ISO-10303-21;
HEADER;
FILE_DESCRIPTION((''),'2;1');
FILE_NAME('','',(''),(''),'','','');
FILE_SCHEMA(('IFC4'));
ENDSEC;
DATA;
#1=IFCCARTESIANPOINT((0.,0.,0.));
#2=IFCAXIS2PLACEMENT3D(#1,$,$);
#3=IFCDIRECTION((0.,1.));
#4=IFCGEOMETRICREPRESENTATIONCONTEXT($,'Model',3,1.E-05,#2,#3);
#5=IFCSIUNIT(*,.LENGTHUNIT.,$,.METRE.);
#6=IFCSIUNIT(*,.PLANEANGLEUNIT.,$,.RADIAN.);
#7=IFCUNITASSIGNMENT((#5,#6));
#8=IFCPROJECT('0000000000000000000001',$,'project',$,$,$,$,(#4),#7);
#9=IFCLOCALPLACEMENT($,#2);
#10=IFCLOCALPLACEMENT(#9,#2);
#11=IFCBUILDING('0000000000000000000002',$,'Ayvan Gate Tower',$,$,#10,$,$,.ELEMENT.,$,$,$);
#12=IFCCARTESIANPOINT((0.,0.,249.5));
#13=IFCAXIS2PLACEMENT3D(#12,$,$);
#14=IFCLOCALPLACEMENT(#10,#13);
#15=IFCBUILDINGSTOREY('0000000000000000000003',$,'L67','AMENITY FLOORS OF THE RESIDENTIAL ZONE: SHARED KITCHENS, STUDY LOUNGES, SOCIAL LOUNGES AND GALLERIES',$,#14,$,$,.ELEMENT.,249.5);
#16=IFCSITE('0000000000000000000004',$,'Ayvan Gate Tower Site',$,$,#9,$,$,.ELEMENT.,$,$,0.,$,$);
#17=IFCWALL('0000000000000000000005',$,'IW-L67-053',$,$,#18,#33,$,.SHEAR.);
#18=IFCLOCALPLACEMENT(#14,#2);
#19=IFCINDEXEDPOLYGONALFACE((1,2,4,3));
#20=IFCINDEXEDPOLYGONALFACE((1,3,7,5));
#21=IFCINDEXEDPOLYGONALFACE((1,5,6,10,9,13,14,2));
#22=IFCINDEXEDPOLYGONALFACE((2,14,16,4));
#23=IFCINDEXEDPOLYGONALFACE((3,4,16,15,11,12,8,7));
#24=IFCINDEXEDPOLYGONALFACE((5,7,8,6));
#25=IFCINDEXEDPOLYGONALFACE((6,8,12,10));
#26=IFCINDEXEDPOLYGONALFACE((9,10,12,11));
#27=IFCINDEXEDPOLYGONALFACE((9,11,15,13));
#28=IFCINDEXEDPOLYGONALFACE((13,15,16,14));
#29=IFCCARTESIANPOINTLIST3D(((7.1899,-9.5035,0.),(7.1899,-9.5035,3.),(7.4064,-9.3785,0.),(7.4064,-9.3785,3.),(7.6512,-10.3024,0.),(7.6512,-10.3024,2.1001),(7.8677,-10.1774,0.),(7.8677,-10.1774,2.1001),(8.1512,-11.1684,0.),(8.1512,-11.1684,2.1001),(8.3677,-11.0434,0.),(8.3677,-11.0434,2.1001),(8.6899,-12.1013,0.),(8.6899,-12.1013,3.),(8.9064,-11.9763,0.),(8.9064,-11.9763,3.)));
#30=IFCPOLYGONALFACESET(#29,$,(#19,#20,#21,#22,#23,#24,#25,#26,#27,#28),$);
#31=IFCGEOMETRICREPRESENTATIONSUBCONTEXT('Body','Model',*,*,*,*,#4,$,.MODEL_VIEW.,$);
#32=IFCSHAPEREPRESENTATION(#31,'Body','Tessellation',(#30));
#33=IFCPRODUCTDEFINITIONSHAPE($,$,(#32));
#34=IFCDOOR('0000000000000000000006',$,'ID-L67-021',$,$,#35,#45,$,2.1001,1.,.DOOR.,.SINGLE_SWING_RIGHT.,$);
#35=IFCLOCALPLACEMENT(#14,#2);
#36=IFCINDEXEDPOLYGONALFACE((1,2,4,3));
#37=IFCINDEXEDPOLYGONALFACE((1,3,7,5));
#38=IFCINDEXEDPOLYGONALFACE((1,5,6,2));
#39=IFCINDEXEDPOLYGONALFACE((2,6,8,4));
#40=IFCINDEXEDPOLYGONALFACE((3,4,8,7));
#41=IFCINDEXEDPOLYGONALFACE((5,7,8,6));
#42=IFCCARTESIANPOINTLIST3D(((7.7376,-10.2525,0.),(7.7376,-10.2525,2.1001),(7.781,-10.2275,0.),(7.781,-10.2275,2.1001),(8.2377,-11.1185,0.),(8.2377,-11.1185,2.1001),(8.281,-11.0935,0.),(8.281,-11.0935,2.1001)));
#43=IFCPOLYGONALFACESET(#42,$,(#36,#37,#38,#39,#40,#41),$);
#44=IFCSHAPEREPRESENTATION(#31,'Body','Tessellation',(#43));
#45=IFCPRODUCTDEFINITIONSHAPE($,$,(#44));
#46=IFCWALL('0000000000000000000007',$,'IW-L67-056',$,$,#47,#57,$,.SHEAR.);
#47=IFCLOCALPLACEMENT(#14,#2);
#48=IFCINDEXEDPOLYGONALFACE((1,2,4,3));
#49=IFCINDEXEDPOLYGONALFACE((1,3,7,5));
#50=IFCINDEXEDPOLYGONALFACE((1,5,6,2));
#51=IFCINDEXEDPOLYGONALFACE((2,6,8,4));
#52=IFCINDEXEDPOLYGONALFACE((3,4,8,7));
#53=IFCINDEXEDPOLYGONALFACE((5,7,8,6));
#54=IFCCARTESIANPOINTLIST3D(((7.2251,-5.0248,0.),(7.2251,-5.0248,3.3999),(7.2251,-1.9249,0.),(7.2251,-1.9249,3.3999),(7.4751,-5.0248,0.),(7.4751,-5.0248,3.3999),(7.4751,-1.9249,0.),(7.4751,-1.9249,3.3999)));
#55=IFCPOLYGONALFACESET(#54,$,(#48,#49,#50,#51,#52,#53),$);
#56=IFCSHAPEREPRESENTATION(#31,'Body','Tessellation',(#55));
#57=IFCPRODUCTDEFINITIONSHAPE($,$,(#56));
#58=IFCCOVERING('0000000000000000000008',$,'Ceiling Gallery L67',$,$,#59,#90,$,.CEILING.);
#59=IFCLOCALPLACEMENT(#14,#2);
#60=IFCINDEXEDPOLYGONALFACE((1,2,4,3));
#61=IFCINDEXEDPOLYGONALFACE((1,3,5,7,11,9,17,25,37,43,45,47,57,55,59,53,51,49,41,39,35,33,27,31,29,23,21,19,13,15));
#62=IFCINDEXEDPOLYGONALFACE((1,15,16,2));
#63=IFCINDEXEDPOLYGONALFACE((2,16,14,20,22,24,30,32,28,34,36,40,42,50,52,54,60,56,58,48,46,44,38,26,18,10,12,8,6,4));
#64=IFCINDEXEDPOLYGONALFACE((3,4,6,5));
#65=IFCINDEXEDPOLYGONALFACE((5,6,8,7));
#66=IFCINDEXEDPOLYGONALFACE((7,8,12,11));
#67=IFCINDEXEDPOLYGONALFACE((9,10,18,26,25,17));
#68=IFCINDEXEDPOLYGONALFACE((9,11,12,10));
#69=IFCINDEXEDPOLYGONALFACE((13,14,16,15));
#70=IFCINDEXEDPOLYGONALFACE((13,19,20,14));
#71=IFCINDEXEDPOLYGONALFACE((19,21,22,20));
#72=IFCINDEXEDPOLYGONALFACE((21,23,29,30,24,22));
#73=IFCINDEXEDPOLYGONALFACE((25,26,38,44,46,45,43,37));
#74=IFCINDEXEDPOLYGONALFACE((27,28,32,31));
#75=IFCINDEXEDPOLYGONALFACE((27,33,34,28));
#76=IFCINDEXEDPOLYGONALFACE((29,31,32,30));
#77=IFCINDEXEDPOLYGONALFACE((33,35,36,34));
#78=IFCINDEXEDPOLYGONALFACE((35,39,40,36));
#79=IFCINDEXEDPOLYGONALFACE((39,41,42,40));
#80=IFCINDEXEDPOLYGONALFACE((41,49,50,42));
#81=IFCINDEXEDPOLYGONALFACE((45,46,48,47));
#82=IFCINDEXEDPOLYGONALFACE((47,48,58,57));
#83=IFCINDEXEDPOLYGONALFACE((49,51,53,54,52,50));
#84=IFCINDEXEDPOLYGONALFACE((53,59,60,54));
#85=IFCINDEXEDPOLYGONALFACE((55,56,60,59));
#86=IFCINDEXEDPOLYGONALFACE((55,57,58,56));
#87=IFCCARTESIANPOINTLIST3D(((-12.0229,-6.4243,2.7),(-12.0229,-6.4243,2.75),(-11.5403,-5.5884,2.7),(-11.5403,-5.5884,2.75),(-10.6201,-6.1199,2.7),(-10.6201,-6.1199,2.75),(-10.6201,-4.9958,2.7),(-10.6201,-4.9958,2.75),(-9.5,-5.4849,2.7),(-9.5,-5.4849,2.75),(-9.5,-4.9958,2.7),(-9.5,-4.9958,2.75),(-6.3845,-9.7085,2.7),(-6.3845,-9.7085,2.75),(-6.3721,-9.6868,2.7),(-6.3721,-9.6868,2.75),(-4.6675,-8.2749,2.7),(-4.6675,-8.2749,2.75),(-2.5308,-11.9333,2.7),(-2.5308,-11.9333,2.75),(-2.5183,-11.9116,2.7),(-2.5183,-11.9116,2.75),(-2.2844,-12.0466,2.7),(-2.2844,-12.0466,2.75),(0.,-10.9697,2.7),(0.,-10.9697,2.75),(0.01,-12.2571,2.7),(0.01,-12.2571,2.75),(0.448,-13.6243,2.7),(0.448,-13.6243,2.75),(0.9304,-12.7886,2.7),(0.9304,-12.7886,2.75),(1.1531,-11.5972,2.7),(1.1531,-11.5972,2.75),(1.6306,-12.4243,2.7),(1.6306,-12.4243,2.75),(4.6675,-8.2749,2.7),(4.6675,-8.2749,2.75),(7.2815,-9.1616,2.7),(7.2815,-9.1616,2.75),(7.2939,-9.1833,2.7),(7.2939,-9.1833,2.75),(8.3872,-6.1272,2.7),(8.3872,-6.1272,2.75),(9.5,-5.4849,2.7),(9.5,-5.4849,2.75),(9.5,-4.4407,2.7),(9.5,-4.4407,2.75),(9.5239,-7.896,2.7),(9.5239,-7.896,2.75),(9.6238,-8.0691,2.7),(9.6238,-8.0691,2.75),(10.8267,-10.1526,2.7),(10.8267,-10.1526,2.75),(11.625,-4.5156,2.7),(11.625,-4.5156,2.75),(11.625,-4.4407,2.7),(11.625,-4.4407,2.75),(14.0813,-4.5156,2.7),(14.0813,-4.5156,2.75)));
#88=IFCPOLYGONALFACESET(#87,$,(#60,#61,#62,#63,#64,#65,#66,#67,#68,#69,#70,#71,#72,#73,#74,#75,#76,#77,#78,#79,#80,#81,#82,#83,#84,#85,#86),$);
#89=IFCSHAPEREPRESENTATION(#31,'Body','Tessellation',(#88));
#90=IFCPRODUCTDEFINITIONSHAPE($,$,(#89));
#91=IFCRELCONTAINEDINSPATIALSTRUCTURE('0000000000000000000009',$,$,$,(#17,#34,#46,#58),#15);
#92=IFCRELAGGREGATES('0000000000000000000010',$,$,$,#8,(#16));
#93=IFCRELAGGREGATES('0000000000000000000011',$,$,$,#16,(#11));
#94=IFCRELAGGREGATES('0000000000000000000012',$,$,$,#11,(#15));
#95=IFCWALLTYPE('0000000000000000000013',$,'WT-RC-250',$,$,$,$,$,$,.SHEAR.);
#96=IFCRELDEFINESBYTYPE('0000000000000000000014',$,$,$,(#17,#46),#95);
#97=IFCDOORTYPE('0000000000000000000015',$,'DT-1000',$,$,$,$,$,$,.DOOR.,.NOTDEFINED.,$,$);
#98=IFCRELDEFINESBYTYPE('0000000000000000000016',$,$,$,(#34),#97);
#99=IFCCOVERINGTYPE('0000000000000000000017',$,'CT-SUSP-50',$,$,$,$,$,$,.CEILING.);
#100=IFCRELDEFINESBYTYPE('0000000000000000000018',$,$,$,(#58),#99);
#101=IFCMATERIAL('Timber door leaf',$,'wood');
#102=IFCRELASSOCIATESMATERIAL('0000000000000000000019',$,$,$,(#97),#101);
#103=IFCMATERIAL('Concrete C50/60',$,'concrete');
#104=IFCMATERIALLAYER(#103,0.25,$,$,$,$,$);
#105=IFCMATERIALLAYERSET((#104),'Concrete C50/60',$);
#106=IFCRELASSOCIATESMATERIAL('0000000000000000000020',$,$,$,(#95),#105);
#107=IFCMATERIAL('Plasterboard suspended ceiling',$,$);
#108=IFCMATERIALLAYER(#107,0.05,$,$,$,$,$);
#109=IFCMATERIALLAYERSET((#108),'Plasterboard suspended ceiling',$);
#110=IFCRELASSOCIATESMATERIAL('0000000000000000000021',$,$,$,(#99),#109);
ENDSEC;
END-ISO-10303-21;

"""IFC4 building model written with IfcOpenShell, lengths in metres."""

from ifc_helpers import new_model, si_unit, direction, frame, frame_2d, origin, place, context, subcontext, project, spatial, polyline, rectangle, outline, extrude, material, layer, layer_set, type_object, element, fill, save


model = new_model("IFC4")

# Units and contexts
model_context = context("Model", 3, precision=1e-05, world=origin(), true_north=direction((0.0, 1.0)))
body_context = subcontext(model_context, "Body", "Model", "MODEL_VIEW")
ifc_project = project(units=[si_unit("LENGTHUNIT", "METRE"), si_unit("PLANEANGLEUNIT", "RADIAN")], contexts=[model_context])

# Site, building, storey
site_placement = place(None, origin())
site = spatial("IfcSite", under=ifc_project, at=site_placement, Name="Ayvan Gate Tower Site", CompositionType="ELEMENT", RefElevation=0.0)
building_placement = place(site_placement, origin())
building = spatial("IfcBuilding", under=site, at=building_placement, Name="Ayvan Gate Tower", CompositionType="ELEMENT")
storey_placement = place(building_placement, frame((0.0, 0.0, 249.5)))
storey = spatial("IfcBuildingStorey", under=building, at=storey_placement, Name="L67", Description="AMENITY FLOORS OF THE RESIDENTIAL ZONE: SHARED KITCHENS, STUDY LOUNGES, SOCIAL LOUNGES AND GALLERIES", CompositionType="ELEMENT", Elevation=249.5)

# Shared definitions
ifc_material_1 = material(Name="Concrete C50/60", Category="concrete")

# Shared definitions
ifc_material_2 = material(Name="Timber door leaf", Category="wood")

# Shared definitions
door_type_1 = type_object("IfcDoorType", Name="DT-1000", OperationType="NOTDEFINED", PredefinedType="DOOR", material=ifc_material_2)

# Shared definitions
ifc_layer_1 = layer(ifc_material_1, 0.25)
ifc_layer_set_1 = layer_set([ifc_layer_1], Name="Concrete C50/60")
wall_type_1 = type_object("IfcWallType", Name="WT-RC-250", PredefinedType="SHEAR", material=ifc_layer_set_1)

# Wall, opening, door
wall_1_placement = place(storey_placement, frame((7.2981, -9.4409, 0.0), z_axis=(0.0, 0.0, 1.0), x_axis=(0.500025, -0.866011, 0.0)))
wall_1 = element("IfcWall", 1, at=wall_1_placement, inside=storey, type_object=wall_type_1, Name="IW-L67-053", PredefinedType="SHEAR", context=body_context, shape_type="SweptSolid", body=[
    extrude(rectangle(XDim=2.9998, YDim=0.25, at=frame_2d((1.5, 0.0))), origin(), (0.0, 0.0, 1.0), 3.0),
])
opening_1_placement = place(wall_1_placement, frame((0.9226, 0.0, 0.0)))
opening_1 = element("IfcOpeningElement", 2, at=opening_1_placement, cuts=wall_1, PredefinedType="OPENING", context=body_context, shape_type="SweptSolid", body=[
    extrude(rectangle(XDim=1.0, YDim=2.1001, at=frame_2d((0.5, 1.05))), frame((0.0, 0.135, 0.0), z_axis=(0.0, -1.0, 0.0), x_axis=(1.0, 0.0, 0.0)), (0.0, 0.0, 1.0), 0.27),
])
door_1_placement = place(opening_1_placement, origin())
door_1 = element("IfcDoor", 3, at=door_1_placement, inside=storey, type_object=door_type_1, Name="ID-L67-021", OperationType="SINGLE_SWING_RIGHT", OverallHeight=2.1001, OverallWidth=1.0, PredefinedType="DOOR", context=body_context, shape_type="SweptSolid", body=[
    extrude(rectangle(XDim=1.0, YDim=2.1001, at=frame_2d((0.5, 1.05))), frame((0.0, 0.0249, 0.0), z_axis=(0.0, -1.0, 0.0), x_axis=(1.0, 0.0, 0.0)), (0.0, 0.0, 1.0), 0.05),
])
fill(opening_1, door_1)

# Wall
wall_2_placement = place(storey_placement, frame((7.3501, -1.925, 0.0), z_axis=(0.0, 0.0, 1.0), x_axis=(0.0, -1.0, 0.0)))
element("IfcWall", 4, at=wall_2_placement, inside=storey, type_object=wall_type_1, Name="IW-L67-056", PredefinedType="SHEAR", context=body_context, shape_type="SweptSolid", body=[
    extrude(rectangle(XDim=3.0999, YDim=0.25, at=frame_2d((1.5498, 0.0))), origin(), (0.0, 0.0, 1.0), 3.3999),
])

# Covering
ifc_material_3 = material(Name="Plasterboard suspended ceiling")
ifc_layer_2 = layer(ifc_material_3, 0.05)
ifc_layer_set_2 = layer_set([ifc_layer_2], Name="Plasterboard suspended ceiling")
covering_type = type_object("IfcCoveringType", Name="CT-SUSP-50", PredefinedType="CEILING", material=ifc_layer_set_2)
covering_placement = place(storey_placement, frame((0.0, 0.0, 2.7)))
element("IfcCovering", 5, at=covering_placement, inside=storey, type_object=covering_type, Name="Ceiling Gallery L67", PredefinedType="CEILING", context=body_context, shape_type="SweptSolid", body=[
    extrude(outline(polyline([(-4.6675, -8.2749), (0.0, -10.9697), (4.6675, -8.2749), (8.3872, -6.1272), (9.5, -5.4849), (9.5, -4.4407), (11.625, -4.4407), (11.625, -4.5156), (14.0813, -4.5156), (10.8267, -10.1526), (9.6238, -8.0691), (9.5239, -7.896), (7.2939, -9.1833), (7.2815, -9.1616), (1.6306, -12.4243), (1.1531, -11.5972), (0.01, -12.2571), (0.9304, -12.7886), (0.448, -13.6243), (-2.2844, -12.0466), (-2.5183, -11.9116), (-2.5308, -11.9333), (-6.3845, -9.7085), (-6.3721, -9.6868), (-12.0229, -6.4243), (-11.5403, -5.5884), (-10.6201, -6.1199), (-10.6201, -4.9958), (-9.5, -4.9958), (-9.5, -5.4849), (-4.6675, -8.2749)])), origin(), (0.0, 0.0, 1.0), 0.05),
])

save(model, "model.ifc")
